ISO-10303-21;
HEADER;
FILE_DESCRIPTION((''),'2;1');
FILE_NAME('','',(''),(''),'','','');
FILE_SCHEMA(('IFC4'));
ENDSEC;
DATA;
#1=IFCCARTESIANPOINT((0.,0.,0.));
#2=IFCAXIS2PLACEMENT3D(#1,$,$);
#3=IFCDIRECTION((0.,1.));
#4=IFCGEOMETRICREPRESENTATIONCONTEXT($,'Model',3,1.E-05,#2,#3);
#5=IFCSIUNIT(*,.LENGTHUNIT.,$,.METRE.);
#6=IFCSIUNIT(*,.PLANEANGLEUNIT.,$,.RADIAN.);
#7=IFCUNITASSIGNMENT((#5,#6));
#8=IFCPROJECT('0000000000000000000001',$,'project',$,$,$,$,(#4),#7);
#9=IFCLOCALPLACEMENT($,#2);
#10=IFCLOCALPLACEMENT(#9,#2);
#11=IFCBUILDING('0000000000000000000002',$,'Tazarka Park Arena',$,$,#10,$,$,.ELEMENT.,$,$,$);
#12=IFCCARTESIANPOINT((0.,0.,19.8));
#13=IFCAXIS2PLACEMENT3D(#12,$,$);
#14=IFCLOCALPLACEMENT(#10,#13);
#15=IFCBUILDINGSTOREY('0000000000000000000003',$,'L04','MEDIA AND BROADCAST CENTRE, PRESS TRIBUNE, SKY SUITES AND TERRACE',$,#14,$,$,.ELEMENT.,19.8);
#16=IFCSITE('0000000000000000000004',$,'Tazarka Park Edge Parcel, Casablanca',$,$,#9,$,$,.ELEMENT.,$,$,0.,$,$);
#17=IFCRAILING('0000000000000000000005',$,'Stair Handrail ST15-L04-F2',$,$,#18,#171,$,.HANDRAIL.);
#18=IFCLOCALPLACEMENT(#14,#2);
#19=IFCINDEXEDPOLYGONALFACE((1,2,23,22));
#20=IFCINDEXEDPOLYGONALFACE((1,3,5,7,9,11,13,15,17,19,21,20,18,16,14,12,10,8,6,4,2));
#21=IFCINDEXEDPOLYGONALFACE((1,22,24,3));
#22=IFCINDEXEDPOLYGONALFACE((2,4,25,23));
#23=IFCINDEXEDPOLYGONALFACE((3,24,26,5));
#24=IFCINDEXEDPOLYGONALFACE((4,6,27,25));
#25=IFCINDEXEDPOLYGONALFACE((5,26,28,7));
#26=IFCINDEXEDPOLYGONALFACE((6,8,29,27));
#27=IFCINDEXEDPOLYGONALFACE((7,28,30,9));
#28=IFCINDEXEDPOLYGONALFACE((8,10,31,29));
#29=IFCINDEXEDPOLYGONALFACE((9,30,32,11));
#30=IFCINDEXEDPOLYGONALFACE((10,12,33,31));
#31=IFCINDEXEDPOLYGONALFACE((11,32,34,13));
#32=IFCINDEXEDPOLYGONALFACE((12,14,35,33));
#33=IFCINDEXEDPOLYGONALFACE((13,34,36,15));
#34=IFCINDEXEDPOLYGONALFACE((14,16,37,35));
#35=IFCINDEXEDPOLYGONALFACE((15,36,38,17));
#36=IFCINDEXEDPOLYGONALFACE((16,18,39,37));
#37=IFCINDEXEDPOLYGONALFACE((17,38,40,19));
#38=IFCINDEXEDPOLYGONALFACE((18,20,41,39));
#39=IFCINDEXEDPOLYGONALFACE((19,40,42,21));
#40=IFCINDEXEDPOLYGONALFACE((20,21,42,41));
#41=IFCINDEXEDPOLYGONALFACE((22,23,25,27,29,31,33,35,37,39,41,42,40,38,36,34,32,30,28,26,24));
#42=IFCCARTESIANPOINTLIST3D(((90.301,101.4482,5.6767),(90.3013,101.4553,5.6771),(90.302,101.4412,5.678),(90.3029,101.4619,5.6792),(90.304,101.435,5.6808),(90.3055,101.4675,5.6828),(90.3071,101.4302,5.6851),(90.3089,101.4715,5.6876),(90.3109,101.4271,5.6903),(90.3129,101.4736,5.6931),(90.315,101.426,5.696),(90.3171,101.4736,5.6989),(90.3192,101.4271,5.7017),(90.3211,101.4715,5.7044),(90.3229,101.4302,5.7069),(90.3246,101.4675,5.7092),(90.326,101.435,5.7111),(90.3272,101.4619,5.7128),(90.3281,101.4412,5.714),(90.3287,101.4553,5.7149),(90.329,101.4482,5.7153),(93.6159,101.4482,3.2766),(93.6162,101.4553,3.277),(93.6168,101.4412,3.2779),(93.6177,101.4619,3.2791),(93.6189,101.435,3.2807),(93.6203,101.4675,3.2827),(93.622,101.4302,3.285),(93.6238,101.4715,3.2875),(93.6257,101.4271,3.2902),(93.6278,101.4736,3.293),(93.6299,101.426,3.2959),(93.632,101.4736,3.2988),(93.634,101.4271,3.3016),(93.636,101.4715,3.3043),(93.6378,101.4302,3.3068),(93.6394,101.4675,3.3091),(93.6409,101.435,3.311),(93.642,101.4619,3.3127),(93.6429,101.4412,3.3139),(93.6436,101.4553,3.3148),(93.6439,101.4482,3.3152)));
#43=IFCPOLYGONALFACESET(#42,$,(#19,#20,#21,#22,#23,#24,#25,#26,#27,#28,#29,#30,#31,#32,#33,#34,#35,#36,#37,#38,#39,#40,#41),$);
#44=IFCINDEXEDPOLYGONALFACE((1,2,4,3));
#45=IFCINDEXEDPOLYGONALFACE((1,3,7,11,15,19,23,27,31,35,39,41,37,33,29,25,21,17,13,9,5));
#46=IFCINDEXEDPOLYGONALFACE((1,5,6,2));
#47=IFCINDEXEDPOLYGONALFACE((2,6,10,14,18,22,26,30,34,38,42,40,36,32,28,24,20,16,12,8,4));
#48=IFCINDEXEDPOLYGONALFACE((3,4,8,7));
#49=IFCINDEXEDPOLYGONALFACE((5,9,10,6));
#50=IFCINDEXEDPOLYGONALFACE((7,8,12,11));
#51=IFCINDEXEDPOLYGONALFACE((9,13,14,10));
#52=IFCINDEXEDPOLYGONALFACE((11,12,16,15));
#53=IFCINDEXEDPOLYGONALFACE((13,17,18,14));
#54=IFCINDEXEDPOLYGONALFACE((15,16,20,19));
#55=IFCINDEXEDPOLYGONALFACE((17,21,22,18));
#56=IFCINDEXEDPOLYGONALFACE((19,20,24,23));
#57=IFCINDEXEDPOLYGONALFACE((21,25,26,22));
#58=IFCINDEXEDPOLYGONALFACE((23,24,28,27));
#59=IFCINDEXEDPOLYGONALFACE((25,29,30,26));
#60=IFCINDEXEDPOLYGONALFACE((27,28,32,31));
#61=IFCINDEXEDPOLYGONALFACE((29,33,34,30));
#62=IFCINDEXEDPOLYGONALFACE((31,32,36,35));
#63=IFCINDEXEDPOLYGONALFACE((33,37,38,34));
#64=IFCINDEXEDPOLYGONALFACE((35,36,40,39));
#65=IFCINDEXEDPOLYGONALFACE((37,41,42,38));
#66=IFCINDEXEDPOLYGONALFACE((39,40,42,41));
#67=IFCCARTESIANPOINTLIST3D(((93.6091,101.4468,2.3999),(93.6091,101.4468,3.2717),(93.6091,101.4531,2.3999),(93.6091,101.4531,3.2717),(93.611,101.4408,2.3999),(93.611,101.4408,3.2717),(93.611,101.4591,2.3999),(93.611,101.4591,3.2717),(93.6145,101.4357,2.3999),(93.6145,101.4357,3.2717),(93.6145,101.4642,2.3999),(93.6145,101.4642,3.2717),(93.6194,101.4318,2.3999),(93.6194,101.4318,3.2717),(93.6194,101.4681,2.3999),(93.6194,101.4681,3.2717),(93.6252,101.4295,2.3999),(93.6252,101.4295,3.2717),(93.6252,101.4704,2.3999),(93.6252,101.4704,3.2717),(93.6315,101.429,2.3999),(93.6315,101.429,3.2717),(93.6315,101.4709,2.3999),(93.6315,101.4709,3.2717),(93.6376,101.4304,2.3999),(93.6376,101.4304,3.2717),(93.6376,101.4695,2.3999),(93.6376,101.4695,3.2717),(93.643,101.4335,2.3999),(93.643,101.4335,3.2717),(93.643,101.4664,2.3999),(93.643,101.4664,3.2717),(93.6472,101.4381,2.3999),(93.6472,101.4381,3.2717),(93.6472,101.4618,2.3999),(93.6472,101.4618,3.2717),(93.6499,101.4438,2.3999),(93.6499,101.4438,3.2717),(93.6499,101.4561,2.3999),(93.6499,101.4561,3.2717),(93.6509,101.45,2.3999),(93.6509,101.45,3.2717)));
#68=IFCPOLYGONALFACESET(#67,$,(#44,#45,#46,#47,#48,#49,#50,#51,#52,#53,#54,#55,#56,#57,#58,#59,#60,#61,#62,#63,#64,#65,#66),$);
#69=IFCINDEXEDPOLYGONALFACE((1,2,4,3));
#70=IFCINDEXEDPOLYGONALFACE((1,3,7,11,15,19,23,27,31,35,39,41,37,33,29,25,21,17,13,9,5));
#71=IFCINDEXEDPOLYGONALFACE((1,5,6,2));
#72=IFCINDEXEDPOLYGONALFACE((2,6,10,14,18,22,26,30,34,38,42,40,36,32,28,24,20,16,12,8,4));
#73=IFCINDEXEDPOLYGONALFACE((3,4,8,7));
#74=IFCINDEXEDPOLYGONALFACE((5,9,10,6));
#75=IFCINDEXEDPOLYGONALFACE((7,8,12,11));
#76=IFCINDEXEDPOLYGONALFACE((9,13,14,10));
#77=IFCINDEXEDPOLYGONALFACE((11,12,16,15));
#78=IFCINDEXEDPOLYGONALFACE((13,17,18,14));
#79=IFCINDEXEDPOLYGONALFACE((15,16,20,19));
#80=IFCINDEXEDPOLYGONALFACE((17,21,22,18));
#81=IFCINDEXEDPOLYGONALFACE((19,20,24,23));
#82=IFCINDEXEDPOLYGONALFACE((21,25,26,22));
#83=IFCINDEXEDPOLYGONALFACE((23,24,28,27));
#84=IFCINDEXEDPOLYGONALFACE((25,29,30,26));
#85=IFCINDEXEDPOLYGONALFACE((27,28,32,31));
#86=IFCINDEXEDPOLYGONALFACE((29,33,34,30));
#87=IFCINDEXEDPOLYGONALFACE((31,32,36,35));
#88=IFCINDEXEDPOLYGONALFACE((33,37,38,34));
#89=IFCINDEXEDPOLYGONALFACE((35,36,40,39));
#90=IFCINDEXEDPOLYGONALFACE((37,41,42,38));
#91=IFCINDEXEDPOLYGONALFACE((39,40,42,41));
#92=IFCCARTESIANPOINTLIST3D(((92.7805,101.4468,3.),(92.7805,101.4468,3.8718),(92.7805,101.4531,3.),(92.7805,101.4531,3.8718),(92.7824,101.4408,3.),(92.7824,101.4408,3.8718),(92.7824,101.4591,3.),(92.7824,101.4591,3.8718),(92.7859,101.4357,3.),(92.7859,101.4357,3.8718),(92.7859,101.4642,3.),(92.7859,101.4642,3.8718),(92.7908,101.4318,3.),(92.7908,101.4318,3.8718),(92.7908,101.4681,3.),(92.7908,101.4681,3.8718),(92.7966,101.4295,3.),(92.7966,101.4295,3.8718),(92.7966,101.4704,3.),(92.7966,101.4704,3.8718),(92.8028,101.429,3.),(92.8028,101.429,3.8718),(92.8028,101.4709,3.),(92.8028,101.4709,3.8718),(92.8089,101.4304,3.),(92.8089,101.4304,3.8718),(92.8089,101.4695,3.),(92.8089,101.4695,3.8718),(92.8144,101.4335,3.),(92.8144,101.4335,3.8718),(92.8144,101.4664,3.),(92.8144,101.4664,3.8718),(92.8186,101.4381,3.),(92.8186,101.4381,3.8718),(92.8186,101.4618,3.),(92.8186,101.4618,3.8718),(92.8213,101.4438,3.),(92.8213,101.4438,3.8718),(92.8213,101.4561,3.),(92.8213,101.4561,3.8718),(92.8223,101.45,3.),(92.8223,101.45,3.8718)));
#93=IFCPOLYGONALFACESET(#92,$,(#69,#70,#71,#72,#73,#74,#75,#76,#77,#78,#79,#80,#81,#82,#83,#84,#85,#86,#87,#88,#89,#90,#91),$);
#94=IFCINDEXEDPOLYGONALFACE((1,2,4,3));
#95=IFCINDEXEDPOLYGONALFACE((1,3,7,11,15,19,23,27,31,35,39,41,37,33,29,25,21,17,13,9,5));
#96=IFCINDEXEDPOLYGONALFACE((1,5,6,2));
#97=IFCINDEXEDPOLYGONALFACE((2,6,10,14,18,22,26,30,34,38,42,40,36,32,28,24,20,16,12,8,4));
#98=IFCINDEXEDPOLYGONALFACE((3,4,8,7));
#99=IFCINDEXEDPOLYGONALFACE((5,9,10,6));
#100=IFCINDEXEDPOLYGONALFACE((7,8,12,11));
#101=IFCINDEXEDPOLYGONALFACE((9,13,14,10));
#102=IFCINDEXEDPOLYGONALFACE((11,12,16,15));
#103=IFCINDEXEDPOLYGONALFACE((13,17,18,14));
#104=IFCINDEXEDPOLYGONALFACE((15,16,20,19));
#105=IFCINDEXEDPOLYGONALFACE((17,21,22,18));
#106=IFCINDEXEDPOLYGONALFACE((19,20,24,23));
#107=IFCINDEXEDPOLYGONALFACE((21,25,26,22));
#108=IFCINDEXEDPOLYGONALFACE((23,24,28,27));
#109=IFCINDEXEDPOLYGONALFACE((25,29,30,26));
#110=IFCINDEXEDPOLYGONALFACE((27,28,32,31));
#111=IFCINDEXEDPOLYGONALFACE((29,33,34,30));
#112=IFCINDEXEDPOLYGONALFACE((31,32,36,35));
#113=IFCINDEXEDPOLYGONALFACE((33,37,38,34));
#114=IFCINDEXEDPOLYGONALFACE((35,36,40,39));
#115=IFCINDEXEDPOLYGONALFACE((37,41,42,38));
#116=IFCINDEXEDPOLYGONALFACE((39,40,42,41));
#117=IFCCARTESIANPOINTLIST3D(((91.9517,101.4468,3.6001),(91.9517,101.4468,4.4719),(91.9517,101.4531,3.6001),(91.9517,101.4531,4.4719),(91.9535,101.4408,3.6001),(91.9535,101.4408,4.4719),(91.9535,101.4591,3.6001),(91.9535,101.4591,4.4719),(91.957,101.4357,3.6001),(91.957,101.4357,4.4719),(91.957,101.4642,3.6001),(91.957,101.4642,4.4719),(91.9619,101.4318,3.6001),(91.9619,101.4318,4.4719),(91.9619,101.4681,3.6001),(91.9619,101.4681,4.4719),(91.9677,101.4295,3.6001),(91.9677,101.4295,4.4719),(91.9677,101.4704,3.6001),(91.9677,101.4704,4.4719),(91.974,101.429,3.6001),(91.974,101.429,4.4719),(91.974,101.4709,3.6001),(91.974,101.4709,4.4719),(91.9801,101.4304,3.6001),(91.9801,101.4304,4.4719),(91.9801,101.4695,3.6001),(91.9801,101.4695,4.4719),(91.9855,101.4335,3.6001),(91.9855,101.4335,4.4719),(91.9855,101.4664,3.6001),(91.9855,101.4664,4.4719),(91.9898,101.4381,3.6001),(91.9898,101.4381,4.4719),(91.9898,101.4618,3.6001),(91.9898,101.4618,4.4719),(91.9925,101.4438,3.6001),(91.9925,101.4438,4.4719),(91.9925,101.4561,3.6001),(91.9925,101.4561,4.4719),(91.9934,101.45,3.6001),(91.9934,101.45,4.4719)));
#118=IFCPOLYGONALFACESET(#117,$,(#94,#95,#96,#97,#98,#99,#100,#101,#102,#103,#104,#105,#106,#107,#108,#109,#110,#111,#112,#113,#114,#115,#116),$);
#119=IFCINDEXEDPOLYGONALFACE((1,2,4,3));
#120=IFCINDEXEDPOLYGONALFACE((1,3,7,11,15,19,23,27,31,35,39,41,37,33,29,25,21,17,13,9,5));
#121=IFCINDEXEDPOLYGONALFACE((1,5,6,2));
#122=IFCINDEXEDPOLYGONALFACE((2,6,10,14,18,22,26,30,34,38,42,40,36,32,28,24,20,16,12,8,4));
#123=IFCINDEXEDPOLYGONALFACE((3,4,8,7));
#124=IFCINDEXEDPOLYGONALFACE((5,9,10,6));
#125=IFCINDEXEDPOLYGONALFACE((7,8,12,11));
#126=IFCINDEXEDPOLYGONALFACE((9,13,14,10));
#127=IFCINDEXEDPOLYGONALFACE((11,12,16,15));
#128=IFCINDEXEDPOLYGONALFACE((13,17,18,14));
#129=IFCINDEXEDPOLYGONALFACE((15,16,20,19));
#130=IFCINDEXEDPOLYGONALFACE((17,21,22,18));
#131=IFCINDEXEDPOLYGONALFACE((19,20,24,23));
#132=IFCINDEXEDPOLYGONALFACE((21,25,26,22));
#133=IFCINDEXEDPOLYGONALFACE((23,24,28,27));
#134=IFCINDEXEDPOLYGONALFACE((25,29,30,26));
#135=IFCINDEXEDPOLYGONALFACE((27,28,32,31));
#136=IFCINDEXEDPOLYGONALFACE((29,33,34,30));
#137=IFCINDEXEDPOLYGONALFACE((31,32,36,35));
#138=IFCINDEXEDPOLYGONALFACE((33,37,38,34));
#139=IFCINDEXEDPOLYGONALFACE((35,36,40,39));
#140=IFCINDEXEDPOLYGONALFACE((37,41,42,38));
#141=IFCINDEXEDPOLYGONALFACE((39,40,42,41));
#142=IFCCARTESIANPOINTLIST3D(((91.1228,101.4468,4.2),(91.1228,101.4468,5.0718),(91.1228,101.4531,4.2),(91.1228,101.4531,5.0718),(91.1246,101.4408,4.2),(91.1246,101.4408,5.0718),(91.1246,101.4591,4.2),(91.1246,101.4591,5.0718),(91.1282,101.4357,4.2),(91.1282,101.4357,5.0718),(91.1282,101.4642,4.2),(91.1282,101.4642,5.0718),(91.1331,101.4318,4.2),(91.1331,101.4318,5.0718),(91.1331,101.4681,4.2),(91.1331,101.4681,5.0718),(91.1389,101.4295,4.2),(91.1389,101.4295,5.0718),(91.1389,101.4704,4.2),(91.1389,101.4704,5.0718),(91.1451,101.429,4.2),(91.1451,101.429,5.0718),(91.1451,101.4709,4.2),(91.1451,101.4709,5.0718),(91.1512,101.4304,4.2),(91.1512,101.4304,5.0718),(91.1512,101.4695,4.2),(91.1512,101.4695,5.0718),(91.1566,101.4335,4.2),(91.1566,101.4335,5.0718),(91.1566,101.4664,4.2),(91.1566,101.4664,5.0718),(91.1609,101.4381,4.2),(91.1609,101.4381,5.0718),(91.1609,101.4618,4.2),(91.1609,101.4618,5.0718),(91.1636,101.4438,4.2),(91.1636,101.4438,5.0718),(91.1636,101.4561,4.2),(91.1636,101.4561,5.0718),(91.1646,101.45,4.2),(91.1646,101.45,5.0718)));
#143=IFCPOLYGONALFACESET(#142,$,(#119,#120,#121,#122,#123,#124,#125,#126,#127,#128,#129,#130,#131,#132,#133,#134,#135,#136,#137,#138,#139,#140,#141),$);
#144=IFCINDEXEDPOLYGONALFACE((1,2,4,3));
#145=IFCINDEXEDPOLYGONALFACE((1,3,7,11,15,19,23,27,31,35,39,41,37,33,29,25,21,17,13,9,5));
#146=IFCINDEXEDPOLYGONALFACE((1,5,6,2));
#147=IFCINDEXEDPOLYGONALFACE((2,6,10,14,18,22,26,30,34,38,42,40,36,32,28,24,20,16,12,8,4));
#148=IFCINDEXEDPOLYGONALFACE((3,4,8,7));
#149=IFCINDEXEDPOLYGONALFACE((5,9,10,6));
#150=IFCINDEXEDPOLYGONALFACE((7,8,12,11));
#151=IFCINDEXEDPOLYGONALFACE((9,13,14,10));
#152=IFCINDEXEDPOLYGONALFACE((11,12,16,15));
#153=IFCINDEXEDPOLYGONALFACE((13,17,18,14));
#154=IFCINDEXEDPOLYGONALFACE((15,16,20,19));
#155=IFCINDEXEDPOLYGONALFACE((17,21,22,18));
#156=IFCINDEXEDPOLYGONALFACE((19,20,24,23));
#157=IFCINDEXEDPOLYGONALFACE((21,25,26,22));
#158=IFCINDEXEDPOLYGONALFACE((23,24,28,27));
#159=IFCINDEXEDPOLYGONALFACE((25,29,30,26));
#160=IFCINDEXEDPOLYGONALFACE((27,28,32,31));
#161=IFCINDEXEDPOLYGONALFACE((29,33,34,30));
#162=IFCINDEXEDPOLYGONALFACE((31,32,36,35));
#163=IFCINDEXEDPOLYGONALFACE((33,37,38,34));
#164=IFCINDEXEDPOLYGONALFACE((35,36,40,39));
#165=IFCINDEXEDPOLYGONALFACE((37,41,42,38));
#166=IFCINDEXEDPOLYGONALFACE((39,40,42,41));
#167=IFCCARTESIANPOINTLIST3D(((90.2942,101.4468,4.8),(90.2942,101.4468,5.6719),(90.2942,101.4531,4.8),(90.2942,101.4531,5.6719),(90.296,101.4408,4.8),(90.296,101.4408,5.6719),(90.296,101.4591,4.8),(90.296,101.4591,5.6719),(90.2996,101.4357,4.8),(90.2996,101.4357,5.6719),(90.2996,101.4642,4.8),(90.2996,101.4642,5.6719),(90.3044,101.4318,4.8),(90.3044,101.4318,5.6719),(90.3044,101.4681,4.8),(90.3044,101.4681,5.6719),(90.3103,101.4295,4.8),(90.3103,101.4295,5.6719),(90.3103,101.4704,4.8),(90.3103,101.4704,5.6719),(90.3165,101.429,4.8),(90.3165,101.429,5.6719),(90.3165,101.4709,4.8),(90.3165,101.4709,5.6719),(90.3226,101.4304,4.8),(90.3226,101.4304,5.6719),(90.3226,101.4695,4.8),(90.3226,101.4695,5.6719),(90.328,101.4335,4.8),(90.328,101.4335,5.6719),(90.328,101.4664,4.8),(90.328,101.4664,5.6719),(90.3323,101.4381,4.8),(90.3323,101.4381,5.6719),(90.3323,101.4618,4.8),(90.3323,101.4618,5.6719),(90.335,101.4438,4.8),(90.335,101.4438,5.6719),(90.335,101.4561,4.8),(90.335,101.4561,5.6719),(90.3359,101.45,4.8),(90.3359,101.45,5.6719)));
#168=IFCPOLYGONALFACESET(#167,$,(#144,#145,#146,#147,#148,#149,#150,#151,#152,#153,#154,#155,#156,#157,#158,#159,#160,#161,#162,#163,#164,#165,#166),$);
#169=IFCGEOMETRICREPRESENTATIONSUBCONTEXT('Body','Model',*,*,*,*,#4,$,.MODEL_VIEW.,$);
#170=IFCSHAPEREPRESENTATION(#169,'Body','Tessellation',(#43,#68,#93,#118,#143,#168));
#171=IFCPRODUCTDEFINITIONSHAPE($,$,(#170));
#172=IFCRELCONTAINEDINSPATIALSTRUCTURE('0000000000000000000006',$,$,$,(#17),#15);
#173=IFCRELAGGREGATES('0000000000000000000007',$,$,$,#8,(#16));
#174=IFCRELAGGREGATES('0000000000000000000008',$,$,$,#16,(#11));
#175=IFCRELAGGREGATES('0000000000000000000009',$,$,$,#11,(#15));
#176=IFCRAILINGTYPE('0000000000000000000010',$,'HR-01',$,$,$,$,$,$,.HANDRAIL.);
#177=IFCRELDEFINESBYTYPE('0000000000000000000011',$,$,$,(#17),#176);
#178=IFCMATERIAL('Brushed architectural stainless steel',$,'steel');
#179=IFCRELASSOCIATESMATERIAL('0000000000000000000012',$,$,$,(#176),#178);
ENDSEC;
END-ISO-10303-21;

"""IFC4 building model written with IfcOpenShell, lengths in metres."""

from ifc_helpers import new_model, si_unit, direction, frame, origin, origin_2d, place, context, subcontext, project, spatial, circle, extrude, material, type_object, element, save


model = new_model("IFC4")

# Units and contexts
model_context = context("Model", 3, precision=1e-05, world=origin(), true_north=direction((0.0, 1.0)))
body_context = subcontext(model_context, "Body", "Model", "MODEL_VIEW")
ifc_project = project(units=[si_unit("LENGTHUNIT", "METRE"), si_unit("PLANEANGLEUNIT", "RADIAN")], contexts=[model_context])

# Site, building, storey
site_placement = place(None, origin())
site = spatial("IfcSite", under=ifc_project, at=site_placement, Name="Tazarka Park Edge Parcel, Casablanca", CompositionType="ELEMENT", RefElevation=0.0)
building_placement = place(site_placement, origin())
building = spatial("IfcBuilding", under=site, at=building_placement, Name="Tazarka Park Arena", CompositionType="ELEMENT")
storey_placement = place(building_placement, frame((0.0, 0.0, 19.8)))
storey = spatial("IfcBuildingStorey", under=building, at=storey_placement, Name="L04", Description="MEDIA AND BROADCAST CENTRE, PRESS TRIBUNE, SKY SUITES AND TERRACE", CompositionType="ELEMENT", Elevation=19.8)

# Railing
ifc_material_1 = material(Name="Brushed architectural stainless steel", Category="steel")
railing_type_1 = type_object("IfcRailingType", Name="HR-01", PredefinedType="HANDRAIL", material=ifc_material_1)
railing_placement = place(storey_placement, frame((93.6299, 101.45, 2.3999)))
element("IfcRailing", 1, at=railing_placement, inside=storey, type_object=railing_type_1, Name="Stair Handrail ST15-L04-F2", PredefinedType="HANDRAIL", context=body_context, shape_type="SweptSolid", body=[
    extrude(circle(Radius=0.0239, at=origin_2d()), frame((0.0, 0.0, 0.896), z_axis=(-0.80998, 0.0, 0.586457), x_axis=(0.0, -1.0, 0.0)), (0.0, 0.0, 1.0), 4.0925),
    extrude(circle(Radius=0.021, at=origin_2d()), origin(), (0.0, 0.0, 1.0), 0.8718),
    extrude(circle(Radius=0.021, at=origin_2d()), frame((-0.8286, 0.0, 0.6001)), (0.0, 0.0, 1.0), 0.8718),
    extrude(circle(Radius=0.021, at=origin_2d()), frame((-1.6575, 0.0, 1.2002)), (0.0, 0.0, 1.0), 0.8718),
    extrude(circle(Radius=0.021, at=origin_2d()), frame((-2.4863, 0.0, 1.8)), (0.0, 0.0, 1.0), 0.8718),
    extrude(circle(Radius=0.021, at=origin_2d()), frame((-3.3149, 0.0, 2.4001)), (0.0, 0.0, 1.0), 0.8718),
])

save(model, "model.ifc")
